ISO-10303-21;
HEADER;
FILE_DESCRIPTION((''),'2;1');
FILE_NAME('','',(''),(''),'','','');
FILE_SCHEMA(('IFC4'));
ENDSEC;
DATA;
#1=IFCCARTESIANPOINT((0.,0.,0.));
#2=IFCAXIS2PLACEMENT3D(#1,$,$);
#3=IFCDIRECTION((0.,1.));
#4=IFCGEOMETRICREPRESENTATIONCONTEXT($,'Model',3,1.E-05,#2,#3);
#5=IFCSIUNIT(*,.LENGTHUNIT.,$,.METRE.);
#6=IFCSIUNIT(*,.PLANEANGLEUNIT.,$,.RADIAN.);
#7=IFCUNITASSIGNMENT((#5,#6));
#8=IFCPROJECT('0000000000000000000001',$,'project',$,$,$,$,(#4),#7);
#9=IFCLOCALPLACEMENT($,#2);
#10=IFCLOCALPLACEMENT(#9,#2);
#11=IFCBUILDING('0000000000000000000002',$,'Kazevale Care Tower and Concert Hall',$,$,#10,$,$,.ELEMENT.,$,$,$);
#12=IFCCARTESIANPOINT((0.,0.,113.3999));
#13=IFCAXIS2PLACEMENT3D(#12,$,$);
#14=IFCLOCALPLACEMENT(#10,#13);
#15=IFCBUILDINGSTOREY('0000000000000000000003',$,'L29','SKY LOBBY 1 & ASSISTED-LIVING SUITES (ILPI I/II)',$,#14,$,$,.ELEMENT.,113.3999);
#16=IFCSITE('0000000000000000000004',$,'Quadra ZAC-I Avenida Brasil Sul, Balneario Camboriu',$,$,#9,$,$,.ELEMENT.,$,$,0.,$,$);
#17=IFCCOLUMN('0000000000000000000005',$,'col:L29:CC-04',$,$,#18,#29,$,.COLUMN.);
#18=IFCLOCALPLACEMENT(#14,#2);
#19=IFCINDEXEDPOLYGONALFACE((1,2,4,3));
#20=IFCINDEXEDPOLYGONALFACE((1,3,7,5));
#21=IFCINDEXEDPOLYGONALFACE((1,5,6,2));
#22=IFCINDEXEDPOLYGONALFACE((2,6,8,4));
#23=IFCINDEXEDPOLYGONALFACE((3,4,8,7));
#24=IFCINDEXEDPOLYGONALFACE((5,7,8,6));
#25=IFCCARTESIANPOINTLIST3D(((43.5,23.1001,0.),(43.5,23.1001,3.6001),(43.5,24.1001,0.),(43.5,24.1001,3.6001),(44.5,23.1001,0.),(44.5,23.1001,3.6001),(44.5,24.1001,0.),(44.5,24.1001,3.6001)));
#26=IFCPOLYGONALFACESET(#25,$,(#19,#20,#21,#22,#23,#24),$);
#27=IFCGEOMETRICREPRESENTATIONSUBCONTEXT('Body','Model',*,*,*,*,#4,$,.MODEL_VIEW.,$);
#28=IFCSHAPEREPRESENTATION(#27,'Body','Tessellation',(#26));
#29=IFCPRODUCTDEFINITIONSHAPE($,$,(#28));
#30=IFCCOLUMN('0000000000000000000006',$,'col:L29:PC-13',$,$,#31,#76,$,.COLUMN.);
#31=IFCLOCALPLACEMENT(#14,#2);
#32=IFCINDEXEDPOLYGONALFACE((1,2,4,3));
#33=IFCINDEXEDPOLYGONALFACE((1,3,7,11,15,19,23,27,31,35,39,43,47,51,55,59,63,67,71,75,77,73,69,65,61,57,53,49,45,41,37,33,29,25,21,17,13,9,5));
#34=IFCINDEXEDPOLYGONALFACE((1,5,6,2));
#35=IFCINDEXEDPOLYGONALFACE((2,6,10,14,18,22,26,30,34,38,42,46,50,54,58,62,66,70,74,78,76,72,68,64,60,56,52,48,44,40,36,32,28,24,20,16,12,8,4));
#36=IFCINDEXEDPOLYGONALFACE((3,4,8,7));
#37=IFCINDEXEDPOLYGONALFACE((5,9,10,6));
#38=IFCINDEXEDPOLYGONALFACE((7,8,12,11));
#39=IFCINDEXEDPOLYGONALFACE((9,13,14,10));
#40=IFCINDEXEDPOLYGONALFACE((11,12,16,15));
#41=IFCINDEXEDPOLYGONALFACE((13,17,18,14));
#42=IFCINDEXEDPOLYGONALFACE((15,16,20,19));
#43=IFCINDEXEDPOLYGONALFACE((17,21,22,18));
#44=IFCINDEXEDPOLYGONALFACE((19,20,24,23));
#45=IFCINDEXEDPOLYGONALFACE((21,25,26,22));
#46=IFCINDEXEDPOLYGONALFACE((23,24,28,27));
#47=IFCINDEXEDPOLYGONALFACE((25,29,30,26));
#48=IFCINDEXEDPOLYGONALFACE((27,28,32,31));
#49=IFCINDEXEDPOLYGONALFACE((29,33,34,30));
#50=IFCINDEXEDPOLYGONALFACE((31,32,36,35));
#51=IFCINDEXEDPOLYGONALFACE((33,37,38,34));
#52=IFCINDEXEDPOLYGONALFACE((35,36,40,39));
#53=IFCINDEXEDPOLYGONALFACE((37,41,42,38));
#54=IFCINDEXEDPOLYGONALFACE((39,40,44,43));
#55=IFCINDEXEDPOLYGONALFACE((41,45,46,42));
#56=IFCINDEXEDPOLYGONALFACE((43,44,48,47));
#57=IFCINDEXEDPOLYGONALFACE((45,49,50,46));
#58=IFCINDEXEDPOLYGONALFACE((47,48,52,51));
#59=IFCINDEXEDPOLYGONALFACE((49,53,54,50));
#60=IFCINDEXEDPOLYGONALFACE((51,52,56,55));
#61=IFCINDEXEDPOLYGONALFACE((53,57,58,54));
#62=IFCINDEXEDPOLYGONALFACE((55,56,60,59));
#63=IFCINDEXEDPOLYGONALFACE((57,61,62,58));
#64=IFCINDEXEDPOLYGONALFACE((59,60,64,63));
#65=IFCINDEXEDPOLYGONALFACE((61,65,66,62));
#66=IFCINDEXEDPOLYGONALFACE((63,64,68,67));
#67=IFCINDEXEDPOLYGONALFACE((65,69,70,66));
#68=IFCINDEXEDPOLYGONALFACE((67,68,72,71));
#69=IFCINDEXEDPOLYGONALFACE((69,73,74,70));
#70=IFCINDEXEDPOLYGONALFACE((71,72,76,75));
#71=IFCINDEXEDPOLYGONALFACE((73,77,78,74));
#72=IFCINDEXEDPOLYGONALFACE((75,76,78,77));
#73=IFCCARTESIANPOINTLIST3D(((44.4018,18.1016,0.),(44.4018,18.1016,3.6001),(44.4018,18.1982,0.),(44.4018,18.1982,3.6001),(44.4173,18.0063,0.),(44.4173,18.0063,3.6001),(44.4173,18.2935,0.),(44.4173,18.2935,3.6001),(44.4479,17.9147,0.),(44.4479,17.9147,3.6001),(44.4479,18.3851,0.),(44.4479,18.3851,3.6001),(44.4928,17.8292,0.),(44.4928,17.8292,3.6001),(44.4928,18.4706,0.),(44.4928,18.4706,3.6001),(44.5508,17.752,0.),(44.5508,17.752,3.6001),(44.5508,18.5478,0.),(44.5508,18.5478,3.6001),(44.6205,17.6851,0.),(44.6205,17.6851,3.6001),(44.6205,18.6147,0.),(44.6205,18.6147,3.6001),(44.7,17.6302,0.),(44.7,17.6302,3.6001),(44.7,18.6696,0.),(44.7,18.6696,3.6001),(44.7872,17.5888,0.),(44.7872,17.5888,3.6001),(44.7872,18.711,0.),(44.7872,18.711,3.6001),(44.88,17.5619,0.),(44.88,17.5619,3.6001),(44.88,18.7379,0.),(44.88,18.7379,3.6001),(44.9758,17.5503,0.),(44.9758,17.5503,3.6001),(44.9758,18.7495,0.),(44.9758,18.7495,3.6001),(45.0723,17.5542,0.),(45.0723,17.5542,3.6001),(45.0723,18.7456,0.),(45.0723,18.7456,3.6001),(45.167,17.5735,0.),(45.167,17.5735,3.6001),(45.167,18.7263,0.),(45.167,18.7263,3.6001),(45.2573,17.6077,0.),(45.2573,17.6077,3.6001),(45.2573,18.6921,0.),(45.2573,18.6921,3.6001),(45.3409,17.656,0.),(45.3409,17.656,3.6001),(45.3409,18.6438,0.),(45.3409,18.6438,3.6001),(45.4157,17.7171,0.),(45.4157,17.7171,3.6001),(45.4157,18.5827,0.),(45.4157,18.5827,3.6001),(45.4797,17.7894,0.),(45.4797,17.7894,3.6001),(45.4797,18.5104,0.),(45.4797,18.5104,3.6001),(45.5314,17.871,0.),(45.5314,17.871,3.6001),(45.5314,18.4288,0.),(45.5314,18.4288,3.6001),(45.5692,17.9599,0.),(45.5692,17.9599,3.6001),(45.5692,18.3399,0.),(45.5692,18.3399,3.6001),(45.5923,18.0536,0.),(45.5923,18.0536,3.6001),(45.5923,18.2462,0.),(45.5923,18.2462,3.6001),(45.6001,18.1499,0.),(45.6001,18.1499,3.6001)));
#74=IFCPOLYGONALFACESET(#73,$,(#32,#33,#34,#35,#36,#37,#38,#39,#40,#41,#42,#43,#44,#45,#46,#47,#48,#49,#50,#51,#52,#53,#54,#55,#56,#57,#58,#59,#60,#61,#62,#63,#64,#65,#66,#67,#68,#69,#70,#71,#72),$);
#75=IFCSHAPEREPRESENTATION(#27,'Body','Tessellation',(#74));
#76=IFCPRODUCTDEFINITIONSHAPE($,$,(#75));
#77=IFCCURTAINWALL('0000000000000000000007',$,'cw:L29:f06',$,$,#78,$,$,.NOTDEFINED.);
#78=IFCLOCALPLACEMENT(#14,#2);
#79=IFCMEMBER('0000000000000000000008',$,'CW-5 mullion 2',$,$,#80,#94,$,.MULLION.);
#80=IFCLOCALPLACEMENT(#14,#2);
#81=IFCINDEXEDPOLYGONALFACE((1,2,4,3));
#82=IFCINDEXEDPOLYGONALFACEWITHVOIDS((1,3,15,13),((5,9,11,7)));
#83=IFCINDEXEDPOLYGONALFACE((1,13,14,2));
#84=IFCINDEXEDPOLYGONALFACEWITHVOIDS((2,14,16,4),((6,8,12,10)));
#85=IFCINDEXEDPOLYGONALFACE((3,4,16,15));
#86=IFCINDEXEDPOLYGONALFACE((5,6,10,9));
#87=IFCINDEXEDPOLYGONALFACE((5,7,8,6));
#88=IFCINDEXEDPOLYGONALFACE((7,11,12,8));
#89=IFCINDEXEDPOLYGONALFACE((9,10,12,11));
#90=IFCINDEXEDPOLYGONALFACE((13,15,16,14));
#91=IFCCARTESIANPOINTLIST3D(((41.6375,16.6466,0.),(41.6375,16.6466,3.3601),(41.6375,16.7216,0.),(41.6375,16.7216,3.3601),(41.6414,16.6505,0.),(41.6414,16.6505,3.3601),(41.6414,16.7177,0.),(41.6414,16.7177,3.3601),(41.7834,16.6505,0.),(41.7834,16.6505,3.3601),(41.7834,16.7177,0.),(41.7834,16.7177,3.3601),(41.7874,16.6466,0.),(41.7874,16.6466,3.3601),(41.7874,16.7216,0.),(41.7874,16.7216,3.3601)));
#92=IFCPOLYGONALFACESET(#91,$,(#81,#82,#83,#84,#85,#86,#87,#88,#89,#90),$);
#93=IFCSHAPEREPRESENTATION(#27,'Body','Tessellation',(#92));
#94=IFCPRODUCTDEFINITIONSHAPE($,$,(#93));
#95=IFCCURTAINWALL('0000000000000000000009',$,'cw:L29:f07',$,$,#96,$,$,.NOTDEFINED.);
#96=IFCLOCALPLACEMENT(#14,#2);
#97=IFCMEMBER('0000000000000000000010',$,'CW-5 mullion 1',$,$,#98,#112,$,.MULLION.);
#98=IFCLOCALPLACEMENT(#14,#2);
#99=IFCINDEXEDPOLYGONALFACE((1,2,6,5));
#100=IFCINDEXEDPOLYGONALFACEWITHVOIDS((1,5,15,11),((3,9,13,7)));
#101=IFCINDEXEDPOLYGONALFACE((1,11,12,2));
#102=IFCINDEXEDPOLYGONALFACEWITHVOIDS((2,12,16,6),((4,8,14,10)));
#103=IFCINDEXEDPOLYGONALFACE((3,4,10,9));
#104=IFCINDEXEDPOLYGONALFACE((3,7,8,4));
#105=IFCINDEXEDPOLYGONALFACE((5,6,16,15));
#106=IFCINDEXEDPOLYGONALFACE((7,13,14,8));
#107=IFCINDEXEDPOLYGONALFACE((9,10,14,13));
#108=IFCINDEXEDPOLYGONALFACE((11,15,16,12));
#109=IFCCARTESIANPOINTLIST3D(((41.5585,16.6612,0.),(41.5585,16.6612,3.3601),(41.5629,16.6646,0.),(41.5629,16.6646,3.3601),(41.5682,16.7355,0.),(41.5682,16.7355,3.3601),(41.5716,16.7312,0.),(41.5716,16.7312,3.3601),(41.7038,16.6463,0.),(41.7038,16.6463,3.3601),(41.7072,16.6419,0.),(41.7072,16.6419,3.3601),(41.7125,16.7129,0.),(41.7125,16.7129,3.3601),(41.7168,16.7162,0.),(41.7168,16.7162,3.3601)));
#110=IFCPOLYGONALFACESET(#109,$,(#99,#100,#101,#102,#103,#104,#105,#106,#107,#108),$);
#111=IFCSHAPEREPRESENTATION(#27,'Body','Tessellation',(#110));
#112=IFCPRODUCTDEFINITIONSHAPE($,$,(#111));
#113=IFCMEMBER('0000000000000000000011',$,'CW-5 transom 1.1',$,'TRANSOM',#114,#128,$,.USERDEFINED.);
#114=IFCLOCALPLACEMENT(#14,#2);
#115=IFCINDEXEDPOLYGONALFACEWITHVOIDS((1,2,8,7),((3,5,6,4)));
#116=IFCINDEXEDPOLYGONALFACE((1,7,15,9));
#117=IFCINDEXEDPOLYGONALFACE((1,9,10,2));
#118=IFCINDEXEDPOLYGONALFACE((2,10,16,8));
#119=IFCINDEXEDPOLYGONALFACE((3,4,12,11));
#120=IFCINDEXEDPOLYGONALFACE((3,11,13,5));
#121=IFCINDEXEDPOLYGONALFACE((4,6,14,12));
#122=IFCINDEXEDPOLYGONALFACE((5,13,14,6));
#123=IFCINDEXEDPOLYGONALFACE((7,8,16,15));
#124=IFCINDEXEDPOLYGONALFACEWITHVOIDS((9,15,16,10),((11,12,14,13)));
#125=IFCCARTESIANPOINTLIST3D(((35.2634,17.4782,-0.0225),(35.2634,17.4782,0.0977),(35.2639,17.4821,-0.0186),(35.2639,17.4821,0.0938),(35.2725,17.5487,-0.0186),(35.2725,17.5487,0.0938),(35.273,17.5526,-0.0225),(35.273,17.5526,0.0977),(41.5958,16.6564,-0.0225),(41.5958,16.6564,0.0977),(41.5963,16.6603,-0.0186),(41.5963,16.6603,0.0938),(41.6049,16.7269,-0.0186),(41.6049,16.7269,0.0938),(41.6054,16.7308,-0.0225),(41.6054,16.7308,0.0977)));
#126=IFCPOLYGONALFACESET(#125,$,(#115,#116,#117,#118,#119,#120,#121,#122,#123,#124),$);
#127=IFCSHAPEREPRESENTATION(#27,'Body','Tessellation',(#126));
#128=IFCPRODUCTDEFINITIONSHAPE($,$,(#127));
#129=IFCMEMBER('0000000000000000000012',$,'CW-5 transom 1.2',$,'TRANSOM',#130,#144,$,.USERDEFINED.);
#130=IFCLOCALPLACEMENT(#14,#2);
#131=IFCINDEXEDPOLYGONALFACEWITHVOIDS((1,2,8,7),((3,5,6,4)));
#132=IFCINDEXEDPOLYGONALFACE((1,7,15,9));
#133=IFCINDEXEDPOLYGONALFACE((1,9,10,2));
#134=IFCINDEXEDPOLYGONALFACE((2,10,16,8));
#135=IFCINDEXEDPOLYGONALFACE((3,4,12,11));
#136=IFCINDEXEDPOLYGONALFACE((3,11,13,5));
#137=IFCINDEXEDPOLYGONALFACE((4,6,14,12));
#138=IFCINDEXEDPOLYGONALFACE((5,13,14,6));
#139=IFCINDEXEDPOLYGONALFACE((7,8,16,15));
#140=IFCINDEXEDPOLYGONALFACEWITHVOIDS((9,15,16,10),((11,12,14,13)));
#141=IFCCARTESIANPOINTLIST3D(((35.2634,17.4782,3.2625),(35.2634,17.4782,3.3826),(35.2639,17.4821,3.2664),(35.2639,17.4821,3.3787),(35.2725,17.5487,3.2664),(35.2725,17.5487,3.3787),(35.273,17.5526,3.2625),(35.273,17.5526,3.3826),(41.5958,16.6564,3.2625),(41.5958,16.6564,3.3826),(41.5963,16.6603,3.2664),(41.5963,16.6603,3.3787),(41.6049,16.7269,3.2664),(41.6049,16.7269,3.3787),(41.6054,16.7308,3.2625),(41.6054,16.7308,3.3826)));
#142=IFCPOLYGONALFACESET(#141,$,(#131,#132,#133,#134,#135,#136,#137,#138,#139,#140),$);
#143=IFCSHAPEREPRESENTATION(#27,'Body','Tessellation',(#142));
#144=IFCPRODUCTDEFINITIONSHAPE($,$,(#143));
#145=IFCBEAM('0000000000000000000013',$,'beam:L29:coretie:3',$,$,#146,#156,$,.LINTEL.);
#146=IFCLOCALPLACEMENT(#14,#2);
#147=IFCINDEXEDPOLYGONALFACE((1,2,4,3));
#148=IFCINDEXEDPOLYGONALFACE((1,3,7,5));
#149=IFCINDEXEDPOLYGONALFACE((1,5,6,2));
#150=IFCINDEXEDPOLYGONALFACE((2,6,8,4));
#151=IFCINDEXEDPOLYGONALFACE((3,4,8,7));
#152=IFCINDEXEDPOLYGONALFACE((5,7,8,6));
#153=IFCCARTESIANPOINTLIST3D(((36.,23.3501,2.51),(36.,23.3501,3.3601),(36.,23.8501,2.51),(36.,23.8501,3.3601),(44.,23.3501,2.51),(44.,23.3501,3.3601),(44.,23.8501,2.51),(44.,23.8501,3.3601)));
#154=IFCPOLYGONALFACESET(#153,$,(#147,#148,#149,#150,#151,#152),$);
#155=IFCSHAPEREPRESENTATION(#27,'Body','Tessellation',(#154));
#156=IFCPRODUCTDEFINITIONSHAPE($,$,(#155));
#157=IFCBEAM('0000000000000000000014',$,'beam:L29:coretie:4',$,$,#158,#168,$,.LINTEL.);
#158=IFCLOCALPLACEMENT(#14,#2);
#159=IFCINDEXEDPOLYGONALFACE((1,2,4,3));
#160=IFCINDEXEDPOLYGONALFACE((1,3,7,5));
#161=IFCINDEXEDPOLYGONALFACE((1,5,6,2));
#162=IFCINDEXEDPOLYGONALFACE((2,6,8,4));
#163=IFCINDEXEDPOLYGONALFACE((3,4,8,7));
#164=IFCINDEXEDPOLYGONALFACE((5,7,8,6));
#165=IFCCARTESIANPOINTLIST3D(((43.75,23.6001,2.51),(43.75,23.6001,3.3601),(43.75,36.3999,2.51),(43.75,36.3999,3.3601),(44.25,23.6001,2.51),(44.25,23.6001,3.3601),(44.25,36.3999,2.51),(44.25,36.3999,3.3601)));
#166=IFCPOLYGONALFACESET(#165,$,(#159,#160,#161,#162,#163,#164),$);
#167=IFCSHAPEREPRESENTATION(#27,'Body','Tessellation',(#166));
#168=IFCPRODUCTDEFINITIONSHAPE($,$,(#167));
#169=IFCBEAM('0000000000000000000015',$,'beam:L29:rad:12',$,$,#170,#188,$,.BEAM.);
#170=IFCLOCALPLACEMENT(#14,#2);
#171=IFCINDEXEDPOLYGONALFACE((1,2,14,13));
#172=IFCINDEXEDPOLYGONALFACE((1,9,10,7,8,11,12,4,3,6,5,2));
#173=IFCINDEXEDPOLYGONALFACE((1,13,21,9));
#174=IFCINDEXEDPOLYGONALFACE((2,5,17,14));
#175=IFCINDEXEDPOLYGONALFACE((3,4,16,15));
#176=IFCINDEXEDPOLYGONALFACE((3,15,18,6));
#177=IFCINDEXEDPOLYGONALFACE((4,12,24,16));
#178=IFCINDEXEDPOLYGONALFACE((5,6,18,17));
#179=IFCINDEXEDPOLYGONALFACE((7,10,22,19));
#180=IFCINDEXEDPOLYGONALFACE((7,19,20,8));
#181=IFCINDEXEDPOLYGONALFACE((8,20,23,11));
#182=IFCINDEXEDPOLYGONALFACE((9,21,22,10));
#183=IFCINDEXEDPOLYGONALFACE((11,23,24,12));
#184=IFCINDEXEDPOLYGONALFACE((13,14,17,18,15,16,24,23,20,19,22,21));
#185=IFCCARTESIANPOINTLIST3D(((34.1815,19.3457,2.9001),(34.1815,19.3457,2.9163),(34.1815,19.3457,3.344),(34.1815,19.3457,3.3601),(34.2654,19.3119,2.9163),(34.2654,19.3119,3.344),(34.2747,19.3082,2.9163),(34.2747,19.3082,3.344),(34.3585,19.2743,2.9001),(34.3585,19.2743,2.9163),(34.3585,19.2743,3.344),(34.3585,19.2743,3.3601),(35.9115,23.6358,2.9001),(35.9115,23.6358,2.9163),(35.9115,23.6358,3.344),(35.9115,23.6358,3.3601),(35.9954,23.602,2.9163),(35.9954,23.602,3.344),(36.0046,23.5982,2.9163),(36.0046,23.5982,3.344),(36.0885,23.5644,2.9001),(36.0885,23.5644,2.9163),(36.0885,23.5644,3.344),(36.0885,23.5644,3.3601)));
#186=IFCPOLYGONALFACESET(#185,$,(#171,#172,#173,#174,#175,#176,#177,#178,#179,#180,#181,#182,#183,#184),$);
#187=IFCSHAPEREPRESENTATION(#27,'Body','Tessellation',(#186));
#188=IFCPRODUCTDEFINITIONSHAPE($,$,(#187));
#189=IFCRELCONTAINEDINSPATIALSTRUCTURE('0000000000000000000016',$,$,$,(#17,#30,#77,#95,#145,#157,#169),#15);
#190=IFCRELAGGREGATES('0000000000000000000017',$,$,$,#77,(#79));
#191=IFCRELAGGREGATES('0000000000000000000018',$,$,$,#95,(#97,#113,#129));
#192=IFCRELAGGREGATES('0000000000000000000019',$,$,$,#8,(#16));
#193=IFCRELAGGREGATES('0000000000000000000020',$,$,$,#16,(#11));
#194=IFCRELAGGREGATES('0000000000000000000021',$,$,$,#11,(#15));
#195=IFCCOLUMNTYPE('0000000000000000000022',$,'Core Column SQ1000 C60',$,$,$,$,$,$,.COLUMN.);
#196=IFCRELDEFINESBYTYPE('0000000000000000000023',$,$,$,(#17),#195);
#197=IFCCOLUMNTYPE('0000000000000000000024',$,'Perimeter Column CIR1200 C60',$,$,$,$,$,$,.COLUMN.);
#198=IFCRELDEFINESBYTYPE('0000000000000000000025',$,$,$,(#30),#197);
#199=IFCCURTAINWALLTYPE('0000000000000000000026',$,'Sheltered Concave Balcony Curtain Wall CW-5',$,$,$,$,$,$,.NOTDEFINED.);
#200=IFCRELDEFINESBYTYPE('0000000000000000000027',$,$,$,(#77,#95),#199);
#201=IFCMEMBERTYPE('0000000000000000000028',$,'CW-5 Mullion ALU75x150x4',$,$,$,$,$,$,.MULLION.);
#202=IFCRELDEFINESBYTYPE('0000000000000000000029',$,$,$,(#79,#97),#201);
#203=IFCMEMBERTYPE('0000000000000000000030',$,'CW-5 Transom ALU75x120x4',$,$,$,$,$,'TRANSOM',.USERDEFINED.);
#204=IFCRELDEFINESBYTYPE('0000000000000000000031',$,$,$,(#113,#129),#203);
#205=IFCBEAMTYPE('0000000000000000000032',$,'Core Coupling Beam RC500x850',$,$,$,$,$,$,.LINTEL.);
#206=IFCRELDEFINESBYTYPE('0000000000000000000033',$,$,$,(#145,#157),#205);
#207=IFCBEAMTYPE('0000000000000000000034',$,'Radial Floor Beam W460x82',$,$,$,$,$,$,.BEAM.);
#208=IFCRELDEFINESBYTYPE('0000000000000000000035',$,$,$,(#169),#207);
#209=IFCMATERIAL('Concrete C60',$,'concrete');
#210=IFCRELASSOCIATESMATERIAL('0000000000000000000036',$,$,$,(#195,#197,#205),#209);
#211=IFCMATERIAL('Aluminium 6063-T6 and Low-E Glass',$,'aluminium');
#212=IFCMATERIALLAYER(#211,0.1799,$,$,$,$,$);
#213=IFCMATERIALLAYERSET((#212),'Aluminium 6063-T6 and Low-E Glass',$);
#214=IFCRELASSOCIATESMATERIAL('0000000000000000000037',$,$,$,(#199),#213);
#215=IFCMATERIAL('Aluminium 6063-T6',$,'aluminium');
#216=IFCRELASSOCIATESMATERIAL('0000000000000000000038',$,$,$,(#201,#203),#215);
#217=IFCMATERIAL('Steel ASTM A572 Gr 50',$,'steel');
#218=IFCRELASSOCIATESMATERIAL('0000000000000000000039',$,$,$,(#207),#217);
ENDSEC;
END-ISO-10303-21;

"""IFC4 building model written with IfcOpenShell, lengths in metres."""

from ifc_helpers import new_model, si_unit, direction, frame, origin, origin_2d, place, context, subcontext, project, spatial, rectangle, hollow_rectangle, circle, i_section, extrude, material, layer, layer_set, material_profile, profile_set, type_object, element, aggregate, save


model = new_model("IFC4")

# Units and contexts
model_context = context("Model", 3, precision=1e-05, world=origin(), true_north=direction((0.0, 1.0)))
body_context = subcontext(model_context, "Body", "Model", "MODEL_VIEW")
ifc_project = project(units=[si_unit("LENGTHUNIT", "METRE"), si_unit("PLANEANGLEUNIT", "RADIAN")], contexts=[model_context])

# Site, building, storey
site_placement = place(None, origin())
site = spatial("IfcSite", under=ifc_project, at=site_placement, Name="Quadra ZAC-I Avenida Brasil Sul, Balneario Camboriu", CompositionType="ELEMENT", RefElevation=0.0)
building_placement = place(site_placement, origin())
building = spatial("IfcBuilding", under=site, at=building_placement, Name="Kazevale Care Tower and Concert Hall", CompositionType="ELEMENT")
storey_placement = place(building_placement, frame((0.0, 0.0, 113.3999)))
storey = spatial("IfcBuildingStorey", under=building, at=storey_placement, Name="L29", Description="SKY LOBBY 1 & ASSISTED-LIVING SUITES (ILPI I/II)", CompositionType="ELEMENT", Elevation=113.3999)

# Columns
ifc_material_1 = material(Name="Concrete C60", Category="concrete")
ifc_material_profile_1 = material_profile(ifc_material_1, rectangle(XDim=1.0, YDim=1.0, at=origin_2d()), Name="RC-SQ1000")
ifc_profile_set_1 = profile_set([ifc_material_profile_1], Name="Concrete C60")
column_type_1 = type_object("IfcColumnType", Name="Core Column SQ1000 C60", PredefinedType="COLUMN", material=ifc_profile_set_1)
column_1_placement = place(storey_placement, frame((44.0, 23.6001, 0.0), z_axis=(0.0, 0.0, 1.0), x_axis=(1.0, 0.0, 0.0)))
element("IfcColumn", 1, at=column_1_placement, inside=storey, type_object=column_type_1, Name="col:L29:CC-04", PredefinedType="COLUMN", context=body_context, shape_type="SweptSolid", body=[
    extrude(rectangle(XDim=1.0, YDim=1.0, at=origin_2d()), origin(), (0.0, 0.0, 1.0), 3.6001),
])
ifc_material_profile_2 = material_profile(ifc_material_1, circle(Radius=0.6001, at=origin_2d()), Name="RC-CIR1200")
ifc_profile_set_2 = profile_set([ifc_material_profile_2], Name="Concrete C60")
column_type_2 = type_object("IfcColumnType", Name="Perimeter Column CIR1200 C60", PredefinedType="COLUMN", material=ifc_profile_set_2)
column_2_placement = place(storey_placement, frame((45.0, 18.1499, 0.0), z_axis=(0.0, 0.0, 1.0), x_axis=(1.0, 0.0, 0.0)))
element("IfcColumn", 2, at=column_2_placement, inside=storey, type_object=column_type_2, Name="col:L29:PC-13", PredefinedType="COLUMN", context=body_context, shape_type="SweptSolid", body=[
    extrude(circle(Radius=0.6001, at=origin_2d()), origin(), (0.0, 0.0, 1.0), 3.6001),
])

# Curtain wall, member
ifc_material_2 = material(Name="Aluminium 6063-T6 and Low-E Glass", Category="aluminium")
ifc_layer_1 = layer(ifc_material_2, 0.1799)
ifc_layer_set_1 = layer_set([ifc_layer_1], Name="Aluminium 6063-T6 and Low-E Glass")
curtain_wall_type = type_object("IfcCurtainWallType", Name="Sheltered Concave Balcony Curtain Wall CW-5", PredefinedType="NOTDEFINED", material=ifc_layer_set_1)
curtain_wall_1_placement = place(storey_placement, origin())
curtain_wall_1 = element("IfcCurtainWall", 3, at=curtain_wall_1_placement, inside=storey, type_object=curtain_wall_type, Name="cw:L29:f06", PredefinedType="NOTDEFINED")
ifc_material_3 = material(Name="Aluminium 6063-T6", Category="aluminium")
ifc_material_profile_3 = material_profile(ifc_material_3, hollow_rectangle(XDim=0.075, YDim=0.1499, WallThickness=0.0039, at=origin_2d()), Name="ALU75x150x4")
ifc_profile_set_3 = profile_set([ifc_material_profile_3], Name="Aluminium 6063-T6")
member_type_1 = type_object("IfcMemberType", Name="CW-5 Mullion ALU75x150x4", PredefinedType="MULLION", material=ifc_profile_set_3)
member_1_placement = place(storey_placement, frame((41.7124, 16.6841, 0.0), z_axis=(0.0, 0.0, 1.0), x_axis=(0.0, -1.0, 0.0)))
member_1 = element("IfcMember", 4, at=member_1_placement, type_object=member_type_1, Name="CW-5 mullion 2", PredefinedType="MULLION", context=body_context, shape_type="SweptSolid", body=[
    extrude(hollow_rectangle(XDim=0.075, YDim=0.1499, WallThickness=0.0039, at=origin_2d()), origin(), (0.0, 0.0, 1.0), 3.3601),
])

# Curtain wall, members
curtain_wall_2_placement = place(storey_placement, origin())
curtain_wall_2 = element("IfcCurtainWall", 5, at=curtain_wall_2_placement, inside=storey, type_object=curtain_wall_type, Name="cw:L29:f07", PredefinedType="NOTDEFINED")
member_2_placement = place(storey_placement, frame((41.6377, 16.6887, 0.0), z_axis=(0.0, 0.0, 1.0), x_axis=(-0.128685, -0.991686, 0.0)))
member_2 = element("IfcMember", 6, at=member_2_placement, type_object=member_type_1, Name="CW-5 mullion 1", PredefinedType="MULLION", context=body_context, shape_type="SweptSolid", body=[
    extrude(hollow_rectangle(XDim=0.075, YDim=0.1499, WallThickness=0.0039, at=origin_2d()), origin(), (0.0, 0.0, 1.0), 3.3601),
])
ifc_material_profile_4 = material_profile(ifc_material_3, hollow_rectangle(XDim=0.075, YDim=0.1201, WallThickness=0.0039, at=origin_2d()), Name="ALU75x120x4")
ifc_profile_set_4 = profile_set([ifc_material_profile_4], Name="Aluminium 6063-T6")
member_type_2 = type_object("IfcMemberType", Name="CW-5 Transom ALU75x120x4", ElementType="TRANSOM", PredefinedType="USERDEFINED", material=ifc_profile_set_4)
member_3_placement = place(storey_placement, frame((41.6006, 16.6936, 0.0376), z_axis=(-0.991684, 0.128697, 0.0), x_axis=(-0.128697, -0.991684, 0.0)))
member_3 = element("IfcMember", 7, at=member_3_placement, type_object=member_type_2, Name="CW-5 transom 1.1", ObjectType="TRANSOM", PredefinedType="USERDEFINED", context=body_context, shape_type="SweptSolid", body=[
    extrude(hollow_rectangle(XDim=0.075, YDim=0.1201, WallThickness=0.0039, at=origin_2d()), origin(), (0.0, 0.0, 1.0), 6.3855),
])
member_4_placement = place(storey_placement, frame((41.6006, 16.6936, 3.3225), z_axis=(-0.991684, 0.128697, 0.0), x_axis=(-0.128697, -0.991684, 0.0)))
member_4 = element("IfcMember", 8, at=member_4_placement, type_object=member_type_2, Name="CW-5 transom 1.2", ObjectType="TRANSOM", PredefinedType="USERDEFINED", context=body_context, shape_type="SweptSolid", body=[
    extrude(hollow_rectangle(XDim=0.075, YDim=0.1201, WallThickness=0.0039, at=origin_2d()), origin(), (0.0, 0.0, 1.0), 6.3855),
])

# Beams
ifc_material_profile_5 = material_profile(ifc_material_1, rectangle(XDim=0.5, YDim=0.8501, at=origin_2d()), Name="RC-B500x850")
ifc_profile_set_5 = profile_set([ifc_material_profile_5], Name="Concrete C60")
beam_type_1 = type_object("IfcBeamType", Name="Core Coupling Beam RC500x850", PredefinedType="LINTEL", material=ifc_profile_set_5)
beam_1_placement = place(storey_placement, frame((36.0, 23.6001, 2.9351), z_axis=(1.0, 0.0, 0.0), x_axis=(0.0, 1.0, 0.0)))
element("IfcBeam", 9, at=beam_1_placement, inside=storey, type_object=beam_type_1, Name="beam:L29:coretie:3", PredefinedType="LINTEL", context=body_context, shape_type="SweptSolid", body=[
    extrude(rectangle(XDim=0.5, YDim=0.8501, at=origin_2d()), origin(), (0.0, 0.0, 1.0), 8.0),
])
beam_2_placement = place(storey_placement, frame((44.0, 23.6001, 2.9351), z_axis=(0.0, 1.0, 0.0), x_axis=(-1.0, 0.0, 0.0)))
element("IfcBeam", 10, at=beam_2_placement, inside=storey, type_object=beam_type_1, Name="beam:L29:coretie:4", PredefinedType="LINTEL", context=body_context, shape_type="SweptSolid", body=[
    extrude(rectangle(XDim=0.5, YDim=0.8501, at=origin_2d()), origin(), (0.0, 0.0, 1.0), 12.7998),
])
ifc_material_4 = material(Name="Steel ASTM A572 Gr 50", Category="steel")
ifc_material_profile_6 = material_profile(ifc_material_4, i_section(OverallWidth=0.1909, OverallDepth=0.46, WebThickness=0.01, FlangeThickness=0.0161, at=origin_2d()), Name="W460x82")
ifc_profile_set_6 = profile_set([ifc_material_profile_6], Name="Steel ASTM A572 Gr 50")
beam_type_2 = type_object("IfcBeamType", Name="Radial Floor Beam W460x82", PredefinedType="BEAM", material=ifc_profile_set_6)
beam_3_placement = place(storey_placement, frame((36.0, 23.6001, 3.1301), z_axis=(-0.373992, -0.927432, 0.0), x_axis=(0.927432, -0.373992, 0.0)))
element("IfcBeam", 11, at=beam_3_placement, inside=storey, type_object=beam_type_2, Name="beam:L29:rad:12", PredefinedType="BEAM", context=body_context, shape_type="SweptSolid", body=[
    extrude(i_section(OverallWidth=0.1909, OverallDepth=0.46, WebThickness=0.01, FlangeThickness=0.0161, at=origin_2d()), origin(), (0.0, 0.0, 1.0), 4.6257),
])

aggregate(curtain_wall_1, [member_1])
aggregate(curtain_wall_2, [member_2, member_3, member_4])

save(model, "model.ifc")
